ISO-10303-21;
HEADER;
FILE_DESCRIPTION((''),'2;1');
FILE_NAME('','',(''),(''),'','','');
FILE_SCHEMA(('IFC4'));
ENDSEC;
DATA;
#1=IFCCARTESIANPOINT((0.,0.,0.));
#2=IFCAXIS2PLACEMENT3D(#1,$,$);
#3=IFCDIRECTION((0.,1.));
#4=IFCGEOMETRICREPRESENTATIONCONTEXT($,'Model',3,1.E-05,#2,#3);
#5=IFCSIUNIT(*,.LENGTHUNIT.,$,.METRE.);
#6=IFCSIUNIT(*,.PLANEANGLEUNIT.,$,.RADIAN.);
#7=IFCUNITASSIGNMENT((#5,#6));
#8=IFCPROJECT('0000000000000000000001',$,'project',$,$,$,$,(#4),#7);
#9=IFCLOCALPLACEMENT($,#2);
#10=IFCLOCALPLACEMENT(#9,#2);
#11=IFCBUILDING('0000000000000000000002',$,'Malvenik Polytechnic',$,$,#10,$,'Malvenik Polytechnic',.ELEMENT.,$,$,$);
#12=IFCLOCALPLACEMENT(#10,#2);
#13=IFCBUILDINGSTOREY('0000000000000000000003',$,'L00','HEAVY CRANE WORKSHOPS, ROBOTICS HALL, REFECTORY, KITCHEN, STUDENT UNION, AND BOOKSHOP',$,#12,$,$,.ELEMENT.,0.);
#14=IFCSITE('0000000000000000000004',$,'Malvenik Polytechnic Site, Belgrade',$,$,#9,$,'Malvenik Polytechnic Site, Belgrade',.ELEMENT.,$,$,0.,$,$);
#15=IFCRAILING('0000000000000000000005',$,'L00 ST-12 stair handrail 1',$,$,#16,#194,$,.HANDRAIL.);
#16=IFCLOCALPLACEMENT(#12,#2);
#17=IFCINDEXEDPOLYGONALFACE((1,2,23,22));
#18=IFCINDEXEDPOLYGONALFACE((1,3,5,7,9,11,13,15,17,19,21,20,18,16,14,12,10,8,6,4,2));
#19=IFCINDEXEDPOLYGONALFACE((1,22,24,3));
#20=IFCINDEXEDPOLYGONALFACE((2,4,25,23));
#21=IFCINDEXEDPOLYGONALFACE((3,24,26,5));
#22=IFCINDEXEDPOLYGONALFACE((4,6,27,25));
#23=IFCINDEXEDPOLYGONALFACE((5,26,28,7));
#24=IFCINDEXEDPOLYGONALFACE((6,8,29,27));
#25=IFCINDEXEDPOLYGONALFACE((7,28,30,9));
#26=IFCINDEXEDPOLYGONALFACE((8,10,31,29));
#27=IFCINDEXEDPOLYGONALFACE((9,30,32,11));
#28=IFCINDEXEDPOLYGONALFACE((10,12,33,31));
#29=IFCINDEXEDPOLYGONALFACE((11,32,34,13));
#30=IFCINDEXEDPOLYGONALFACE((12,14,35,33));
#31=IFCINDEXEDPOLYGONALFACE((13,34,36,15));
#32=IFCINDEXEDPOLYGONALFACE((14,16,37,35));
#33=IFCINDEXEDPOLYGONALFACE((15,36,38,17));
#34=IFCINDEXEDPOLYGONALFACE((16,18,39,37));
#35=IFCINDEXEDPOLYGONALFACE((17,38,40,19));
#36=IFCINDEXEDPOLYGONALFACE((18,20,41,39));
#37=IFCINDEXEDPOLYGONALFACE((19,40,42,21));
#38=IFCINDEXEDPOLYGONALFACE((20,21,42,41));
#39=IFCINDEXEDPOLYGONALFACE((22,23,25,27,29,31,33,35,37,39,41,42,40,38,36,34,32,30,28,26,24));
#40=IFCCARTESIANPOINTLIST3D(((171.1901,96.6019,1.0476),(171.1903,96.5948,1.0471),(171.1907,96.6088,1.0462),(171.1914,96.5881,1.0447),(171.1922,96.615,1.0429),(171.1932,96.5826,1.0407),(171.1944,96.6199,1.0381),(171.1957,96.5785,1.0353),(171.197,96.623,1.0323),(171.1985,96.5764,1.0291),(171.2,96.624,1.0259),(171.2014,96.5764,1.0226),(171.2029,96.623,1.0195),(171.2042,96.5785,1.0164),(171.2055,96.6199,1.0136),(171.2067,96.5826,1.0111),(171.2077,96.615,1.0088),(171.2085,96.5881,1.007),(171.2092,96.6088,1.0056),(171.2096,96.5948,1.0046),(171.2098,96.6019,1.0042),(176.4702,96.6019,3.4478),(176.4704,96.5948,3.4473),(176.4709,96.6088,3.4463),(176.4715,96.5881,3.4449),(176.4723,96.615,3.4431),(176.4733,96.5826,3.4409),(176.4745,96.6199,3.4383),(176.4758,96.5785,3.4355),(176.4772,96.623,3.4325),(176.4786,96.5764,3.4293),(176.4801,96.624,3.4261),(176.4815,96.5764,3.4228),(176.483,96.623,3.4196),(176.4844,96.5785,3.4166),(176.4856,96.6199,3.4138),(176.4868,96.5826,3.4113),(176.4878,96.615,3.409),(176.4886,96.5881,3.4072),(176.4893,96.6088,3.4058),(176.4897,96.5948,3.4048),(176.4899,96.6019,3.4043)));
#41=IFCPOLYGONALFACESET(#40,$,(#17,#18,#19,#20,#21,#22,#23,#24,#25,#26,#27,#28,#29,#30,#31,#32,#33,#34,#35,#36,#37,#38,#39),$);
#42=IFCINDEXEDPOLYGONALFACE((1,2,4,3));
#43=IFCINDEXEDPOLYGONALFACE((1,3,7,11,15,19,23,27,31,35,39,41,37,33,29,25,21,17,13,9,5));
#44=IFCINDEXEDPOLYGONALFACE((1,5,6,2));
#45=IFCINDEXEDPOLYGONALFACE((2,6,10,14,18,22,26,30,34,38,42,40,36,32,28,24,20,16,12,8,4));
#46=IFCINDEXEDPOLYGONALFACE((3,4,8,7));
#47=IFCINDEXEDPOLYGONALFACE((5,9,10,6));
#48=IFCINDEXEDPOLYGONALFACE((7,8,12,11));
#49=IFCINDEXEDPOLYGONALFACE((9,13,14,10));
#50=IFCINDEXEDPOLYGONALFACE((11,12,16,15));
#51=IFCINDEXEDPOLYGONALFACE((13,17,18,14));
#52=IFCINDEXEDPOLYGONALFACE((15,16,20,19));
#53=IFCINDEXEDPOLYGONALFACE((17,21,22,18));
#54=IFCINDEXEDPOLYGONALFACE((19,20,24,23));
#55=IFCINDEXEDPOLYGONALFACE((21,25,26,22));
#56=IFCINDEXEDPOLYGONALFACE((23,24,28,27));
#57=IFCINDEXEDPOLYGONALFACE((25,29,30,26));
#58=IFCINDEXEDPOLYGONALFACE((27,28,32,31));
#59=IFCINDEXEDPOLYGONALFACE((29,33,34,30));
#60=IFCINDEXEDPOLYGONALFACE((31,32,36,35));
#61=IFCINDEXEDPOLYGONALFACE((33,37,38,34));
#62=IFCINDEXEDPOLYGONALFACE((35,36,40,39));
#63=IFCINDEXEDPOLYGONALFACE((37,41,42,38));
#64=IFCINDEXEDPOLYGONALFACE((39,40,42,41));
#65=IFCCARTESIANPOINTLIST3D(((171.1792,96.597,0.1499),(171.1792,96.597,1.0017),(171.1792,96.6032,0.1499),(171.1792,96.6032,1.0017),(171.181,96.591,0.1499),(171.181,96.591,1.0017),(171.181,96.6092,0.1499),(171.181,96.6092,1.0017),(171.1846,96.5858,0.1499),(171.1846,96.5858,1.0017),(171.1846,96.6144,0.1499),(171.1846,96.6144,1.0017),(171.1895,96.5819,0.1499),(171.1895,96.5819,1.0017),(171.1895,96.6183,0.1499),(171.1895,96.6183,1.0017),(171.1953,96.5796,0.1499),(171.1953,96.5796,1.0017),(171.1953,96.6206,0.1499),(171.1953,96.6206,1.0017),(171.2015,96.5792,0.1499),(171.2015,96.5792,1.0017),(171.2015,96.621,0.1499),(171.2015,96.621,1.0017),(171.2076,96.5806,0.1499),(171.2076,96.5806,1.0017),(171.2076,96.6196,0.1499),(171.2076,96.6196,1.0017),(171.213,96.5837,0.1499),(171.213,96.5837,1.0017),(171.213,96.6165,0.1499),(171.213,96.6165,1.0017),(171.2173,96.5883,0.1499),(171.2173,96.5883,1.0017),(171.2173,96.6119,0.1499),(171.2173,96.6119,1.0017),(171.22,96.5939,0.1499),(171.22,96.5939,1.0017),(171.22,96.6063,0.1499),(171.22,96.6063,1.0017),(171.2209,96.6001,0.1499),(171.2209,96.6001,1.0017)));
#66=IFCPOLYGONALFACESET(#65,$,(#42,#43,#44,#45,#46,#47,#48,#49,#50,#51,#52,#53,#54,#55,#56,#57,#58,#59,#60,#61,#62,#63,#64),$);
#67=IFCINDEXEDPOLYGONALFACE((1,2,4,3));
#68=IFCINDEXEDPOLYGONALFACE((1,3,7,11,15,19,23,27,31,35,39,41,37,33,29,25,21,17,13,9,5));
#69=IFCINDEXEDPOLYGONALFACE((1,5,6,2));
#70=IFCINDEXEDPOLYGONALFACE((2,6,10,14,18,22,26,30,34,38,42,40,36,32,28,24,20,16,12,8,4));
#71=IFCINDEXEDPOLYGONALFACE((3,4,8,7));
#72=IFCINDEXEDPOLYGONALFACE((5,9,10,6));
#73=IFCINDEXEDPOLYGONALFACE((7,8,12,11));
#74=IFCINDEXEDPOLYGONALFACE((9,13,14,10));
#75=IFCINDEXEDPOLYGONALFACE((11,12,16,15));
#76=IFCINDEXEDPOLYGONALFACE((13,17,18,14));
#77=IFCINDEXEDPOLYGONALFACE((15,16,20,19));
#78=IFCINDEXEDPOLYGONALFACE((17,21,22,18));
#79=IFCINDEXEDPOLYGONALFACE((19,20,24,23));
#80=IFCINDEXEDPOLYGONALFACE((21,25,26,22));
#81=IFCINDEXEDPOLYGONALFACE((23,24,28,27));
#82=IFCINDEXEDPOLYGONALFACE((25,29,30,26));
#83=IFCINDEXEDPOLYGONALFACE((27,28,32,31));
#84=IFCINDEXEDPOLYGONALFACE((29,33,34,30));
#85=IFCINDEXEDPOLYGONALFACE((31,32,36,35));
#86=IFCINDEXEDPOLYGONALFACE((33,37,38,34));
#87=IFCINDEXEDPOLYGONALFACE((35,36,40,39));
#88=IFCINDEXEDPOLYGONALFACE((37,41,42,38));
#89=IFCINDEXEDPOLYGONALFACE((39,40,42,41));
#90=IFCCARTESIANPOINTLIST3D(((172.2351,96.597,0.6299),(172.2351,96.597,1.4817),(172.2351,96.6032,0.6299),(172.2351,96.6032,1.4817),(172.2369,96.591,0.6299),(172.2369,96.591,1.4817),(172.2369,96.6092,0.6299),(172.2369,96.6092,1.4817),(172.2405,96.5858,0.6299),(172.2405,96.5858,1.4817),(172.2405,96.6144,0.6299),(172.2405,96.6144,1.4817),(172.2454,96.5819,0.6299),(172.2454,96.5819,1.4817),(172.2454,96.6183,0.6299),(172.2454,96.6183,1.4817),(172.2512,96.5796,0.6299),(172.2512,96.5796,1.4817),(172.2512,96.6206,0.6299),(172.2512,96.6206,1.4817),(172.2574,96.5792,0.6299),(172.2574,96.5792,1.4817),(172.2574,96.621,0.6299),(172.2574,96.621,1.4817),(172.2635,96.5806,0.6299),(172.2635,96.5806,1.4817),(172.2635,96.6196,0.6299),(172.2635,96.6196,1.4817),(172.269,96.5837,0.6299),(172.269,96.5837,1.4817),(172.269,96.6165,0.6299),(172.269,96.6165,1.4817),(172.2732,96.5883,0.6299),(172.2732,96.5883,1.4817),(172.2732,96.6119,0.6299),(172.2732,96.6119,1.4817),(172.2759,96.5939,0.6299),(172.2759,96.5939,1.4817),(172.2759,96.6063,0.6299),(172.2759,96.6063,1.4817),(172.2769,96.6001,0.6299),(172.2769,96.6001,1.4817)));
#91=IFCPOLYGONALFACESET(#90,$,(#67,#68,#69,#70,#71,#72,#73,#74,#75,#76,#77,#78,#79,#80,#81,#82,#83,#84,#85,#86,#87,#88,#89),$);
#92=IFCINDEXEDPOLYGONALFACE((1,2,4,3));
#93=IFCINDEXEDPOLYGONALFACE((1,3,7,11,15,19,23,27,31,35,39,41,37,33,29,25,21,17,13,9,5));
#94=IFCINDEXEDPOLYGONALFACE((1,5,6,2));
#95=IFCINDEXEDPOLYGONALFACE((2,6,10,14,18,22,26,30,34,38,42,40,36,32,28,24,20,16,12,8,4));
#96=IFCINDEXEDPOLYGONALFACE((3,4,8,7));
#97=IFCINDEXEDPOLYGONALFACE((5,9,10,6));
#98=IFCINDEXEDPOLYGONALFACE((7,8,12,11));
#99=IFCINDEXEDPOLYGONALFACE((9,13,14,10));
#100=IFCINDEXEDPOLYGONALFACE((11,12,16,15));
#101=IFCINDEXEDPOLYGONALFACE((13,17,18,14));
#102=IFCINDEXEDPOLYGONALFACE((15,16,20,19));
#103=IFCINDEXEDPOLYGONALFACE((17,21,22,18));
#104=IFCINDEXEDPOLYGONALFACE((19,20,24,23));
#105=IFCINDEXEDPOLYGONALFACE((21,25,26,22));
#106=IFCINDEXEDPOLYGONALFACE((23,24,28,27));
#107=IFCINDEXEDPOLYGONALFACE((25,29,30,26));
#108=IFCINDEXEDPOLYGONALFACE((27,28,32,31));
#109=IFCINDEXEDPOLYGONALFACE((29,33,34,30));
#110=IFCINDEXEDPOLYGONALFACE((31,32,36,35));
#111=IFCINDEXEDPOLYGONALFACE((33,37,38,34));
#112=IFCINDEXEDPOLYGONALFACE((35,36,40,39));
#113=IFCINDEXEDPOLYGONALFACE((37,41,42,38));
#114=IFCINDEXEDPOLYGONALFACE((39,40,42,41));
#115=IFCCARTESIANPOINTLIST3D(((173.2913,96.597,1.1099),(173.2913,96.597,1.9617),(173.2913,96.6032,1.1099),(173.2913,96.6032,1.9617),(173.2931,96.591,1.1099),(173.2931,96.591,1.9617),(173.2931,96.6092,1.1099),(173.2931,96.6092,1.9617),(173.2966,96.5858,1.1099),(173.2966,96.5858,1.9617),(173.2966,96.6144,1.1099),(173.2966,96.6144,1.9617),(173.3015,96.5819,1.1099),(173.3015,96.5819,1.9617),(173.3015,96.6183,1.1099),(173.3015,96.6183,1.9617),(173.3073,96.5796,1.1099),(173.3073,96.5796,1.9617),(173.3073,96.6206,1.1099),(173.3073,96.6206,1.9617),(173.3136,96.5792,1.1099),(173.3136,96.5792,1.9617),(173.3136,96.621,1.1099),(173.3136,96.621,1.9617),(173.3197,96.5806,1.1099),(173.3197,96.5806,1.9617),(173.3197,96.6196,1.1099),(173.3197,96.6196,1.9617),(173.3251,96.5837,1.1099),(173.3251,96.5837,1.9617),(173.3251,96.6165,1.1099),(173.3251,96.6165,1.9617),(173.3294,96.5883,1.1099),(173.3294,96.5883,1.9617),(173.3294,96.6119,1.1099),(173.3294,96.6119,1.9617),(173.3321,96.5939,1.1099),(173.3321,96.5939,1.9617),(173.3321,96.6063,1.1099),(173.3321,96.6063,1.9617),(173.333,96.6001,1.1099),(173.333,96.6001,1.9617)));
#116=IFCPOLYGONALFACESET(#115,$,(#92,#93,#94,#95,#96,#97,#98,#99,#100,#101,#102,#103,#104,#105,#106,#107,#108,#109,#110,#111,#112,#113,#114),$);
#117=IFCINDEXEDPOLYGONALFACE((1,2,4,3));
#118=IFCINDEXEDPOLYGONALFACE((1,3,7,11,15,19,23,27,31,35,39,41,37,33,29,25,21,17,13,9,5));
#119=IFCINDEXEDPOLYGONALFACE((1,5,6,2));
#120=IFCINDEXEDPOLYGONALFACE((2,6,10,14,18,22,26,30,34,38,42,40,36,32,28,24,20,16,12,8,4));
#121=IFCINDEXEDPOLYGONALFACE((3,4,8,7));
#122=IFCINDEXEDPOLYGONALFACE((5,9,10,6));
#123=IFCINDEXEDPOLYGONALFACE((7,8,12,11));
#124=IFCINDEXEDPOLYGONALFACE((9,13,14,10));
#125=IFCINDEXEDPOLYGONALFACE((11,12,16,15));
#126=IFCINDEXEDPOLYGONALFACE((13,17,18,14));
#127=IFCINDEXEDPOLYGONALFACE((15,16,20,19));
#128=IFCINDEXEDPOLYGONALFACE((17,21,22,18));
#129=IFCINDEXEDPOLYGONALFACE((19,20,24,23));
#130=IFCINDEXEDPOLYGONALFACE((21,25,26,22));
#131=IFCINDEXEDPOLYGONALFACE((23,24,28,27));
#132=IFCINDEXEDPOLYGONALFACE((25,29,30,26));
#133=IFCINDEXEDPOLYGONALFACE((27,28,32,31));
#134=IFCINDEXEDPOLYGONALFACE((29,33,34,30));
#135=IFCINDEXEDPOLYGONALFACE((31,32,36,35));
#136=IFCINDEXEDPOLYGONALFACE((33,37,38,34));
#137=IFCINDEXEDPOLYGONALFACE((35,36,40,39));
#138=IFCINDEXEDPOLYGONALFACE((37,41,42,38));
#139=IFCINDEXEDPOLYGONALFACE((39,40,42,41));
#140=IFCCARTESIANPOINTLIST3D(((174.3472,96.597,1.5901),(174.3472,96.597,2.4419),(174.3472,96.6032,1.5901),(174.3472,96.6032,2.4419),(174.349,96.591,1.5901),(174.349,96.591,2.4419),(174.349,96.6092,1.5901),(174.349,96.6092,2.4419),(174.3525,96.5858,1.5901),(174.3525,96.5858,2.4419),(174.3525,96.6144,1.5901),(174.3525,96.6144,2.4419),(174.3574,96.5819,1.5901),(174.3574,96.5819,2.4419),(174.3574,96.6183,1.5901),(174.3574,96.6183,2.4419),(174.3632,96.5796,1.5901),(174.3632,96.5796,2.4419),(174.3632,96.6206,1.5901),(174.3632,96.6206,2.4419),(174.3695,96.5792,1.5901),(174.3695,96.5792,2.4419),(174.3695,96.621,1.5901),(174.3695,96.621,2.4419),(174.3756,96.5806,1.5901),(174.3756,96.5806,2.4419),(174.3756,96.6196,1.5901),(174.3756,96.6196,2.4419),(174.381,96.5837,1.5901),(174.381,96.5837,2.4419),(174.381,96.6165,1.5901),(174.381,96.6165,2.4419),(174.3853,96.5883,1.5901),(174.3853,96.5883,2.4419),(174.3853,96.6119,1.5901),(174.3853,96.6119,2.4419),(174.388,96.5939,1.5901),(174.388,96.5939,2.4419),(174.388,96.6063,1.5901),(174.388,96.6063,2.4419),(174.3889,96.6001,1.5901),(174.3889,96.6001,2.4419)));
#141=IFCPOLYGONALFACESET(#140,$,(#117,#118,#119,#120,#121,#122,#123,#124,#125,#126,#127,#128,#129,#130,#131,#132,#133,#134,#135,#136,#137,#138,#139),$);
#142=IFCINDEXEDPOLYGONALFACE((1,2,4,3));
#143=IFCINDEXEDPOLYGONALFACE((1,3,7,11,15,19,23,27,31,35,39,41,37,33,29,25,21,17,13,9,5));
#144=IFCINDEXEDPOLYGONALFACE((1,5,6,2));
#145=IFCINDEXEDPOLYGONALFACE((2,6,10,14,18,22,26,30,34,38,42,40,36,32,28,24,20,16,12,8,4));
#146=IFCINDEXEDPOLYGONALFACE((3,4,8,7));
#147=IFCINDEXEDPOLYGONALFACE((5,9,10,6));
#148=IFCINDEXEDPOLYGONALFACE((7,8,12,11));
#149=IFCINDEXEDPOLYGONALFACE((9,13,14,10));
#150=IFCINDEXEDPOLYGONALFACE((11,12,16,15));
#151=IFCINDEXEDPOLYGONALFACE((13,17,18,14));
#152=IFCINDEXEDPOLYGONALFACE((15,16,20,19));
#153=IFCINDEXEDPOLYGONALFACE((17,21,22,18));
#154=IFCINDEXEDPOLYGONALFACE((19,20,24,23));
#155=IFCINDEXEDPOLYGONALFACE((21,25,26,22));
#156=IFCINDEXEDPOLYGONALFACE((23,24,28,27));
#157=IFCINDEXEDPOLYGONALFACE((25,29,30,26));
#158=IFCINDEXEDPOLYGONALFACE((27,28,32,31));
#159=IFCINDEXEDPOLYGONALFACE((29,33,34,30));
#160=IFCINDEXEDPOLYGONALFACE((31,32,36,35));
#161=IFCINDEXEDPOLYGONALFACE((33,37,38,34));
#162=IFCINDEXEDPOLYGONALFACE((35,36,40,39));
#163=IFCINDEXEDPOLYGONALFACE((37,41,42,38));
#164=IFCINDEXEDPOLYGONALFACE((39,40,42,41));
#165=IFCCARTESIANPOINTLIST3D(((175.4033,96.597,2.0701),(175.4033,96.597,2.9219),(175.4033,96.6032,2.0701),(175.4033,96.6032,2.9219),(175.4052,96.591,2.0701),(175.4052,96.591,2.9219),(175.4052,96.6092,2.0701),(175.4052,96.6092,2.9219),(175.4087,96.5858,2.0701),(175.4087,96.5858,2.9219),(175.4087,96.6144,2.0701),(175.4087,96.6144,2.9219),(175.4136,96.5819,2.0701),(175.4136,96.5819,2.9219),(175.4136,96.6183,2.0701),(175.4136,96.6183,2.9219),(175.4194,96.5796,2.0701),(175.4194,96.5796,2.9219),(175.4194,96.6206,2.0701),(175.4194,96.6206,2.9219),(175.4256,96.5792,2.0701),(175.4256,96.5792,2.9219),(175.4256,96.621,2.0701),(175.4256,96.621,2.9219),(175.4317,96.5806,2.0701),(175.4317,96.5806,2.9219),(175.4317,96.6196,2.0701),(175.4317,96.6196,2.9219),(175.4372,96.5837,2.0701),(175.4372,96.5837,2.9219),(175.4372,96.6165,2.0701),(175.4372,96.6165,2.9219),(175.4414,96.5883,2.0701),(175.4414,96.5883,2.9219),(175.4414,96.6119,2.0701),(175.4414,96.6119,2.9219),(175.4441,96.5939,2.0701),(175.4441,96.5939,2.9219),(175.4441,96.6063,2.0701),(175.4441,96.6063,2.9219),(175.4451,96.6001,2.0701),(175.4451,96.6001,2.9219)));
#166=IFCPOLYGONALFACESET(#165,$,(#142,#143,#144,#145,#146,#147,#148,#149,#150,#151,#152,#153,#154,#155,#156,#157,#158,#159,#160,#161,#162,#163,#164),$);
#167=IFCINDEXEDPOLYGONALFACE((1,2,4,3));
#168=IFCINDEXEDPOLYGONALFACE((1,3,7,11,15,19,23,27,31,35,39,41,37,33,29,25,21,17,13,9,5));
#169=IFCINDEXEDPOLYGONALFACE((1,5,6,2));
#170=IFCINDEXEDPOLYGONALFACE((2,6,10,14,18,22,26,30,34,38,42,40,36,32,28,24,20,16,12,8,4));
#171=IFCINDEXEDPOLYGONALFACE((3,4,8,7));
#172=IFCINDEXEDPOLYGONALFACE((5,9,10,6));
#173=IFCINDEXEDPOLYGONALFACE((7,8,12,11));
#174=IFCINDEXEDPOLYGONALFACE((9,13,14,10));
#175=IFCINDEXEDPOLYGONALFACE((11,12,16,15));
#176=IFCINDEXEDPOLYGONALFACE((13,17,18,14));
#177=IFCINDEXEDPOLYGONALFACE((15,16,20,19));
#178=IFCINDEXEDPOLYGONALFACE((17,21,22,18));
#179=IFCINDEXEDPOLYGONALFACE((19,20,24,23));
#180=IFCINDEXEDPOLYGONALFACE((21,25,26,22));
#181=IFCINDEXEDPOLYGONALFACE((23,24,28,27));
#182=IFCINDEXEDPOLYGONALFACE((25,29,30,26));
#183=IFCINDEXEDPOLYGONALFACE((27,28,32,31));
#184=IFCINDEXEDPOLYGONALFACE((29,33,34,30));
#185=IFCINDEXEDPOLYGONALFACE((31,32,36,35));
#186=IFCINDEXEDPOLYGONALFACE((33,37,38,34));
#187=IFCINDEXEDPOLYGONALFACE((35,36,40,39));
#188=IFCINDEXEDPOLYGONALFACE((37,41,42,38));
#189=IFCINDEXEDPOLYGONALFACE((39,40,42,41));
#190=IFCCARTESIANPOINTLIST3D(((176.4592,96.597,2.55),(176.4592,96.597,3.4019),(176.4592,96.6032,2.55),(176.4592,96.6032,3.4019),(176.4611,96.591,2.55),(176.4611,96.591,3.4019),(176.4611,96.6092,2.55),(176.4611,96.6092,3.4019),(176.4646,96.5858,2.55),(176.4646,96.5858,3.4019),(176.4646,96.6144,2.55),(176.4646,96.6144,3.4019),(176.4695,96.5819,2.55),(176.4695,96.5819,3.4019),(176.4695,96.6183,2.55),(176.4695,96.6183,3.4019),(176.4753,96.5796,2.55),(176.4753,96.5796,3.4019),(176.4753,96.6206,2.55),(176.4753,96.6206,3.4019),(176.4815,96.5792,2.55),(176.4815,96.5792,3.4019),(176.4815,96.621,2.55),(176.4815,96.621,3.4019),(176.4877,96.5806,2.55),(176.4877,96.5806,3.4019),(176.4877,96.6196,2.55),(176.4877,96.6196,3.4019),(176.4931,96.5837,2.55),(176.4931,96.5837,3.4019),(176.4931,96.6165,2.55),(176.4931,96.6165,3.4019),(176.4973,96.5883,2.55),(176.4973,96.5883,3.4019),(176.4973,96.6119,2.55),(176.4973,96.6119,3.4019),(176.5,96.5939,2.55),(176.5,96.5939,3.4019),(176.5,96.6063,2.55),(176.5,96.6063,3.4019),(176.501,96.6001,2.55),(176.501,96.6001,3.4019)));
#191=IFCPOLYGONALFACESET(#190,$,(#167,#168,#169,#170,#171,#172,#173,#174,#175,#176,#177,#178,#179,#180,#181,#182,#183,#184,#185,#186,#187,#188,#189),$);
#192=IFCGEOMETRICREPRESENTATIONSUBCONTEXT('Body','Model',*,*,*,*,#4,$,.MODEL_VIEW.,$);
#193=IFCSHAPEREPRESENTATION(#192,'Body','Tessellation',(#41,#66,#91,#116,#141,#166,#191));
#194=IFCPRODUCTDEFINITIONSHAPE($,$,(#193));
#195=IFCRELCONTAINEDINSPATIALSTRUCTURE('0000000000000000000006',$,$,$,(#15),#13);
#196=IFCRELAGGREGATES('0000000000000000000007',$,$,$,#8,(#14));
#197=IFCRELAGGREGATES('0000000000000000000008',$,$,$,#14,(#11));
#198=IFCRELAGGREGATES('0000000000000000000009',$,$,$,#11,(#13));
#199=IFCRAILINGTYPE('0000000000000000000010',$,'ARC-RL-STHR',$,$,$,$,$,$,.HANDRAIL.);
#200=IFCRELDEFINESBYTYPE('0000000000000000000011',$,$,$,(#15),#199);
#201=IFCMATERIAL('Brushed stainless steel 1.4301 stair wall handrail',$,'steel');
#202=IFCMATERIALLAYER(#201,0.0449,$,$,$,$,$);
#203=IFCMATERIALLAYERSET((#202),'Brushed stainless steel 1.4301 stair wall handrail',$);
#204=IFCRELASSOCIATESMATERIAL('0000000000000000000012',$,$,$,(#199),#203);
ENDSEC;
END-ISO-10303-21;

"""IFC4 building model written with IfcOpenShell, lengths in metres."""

from ifc_helpers import new_model, si_unit, direction, frame, origin, origin_2d, place, context, subcontext, project, spatial, circle, extrude, material, layer, layer_set, type_object, element, save


model = new_model("IFC4")

# Units and contexts
model_context = context("Model", 3, precision=1e-05, world=origin(), true_north=direction((0.0, 1.0)))
body_context = subcontext(model_context, "Body", "Model", "MODEL_VIEW")
ifc_project = project(units=[si_unit("LENGTHUNIT", "METRE"), si_unit("PLANEANGLEUNIT", "RADIAN")], contexts=[model_context])

# Site, building, storey
site_placement = place(None, origin())
site = spatial("IfcSite", under=ifc_project, at=site_placement, Name="Malvenik Polytechnic Site, Belgrade", LongName="Malvenik Polytechnic Site, Belgrade", CompositionType="ELEMENT", RefElevation=0.0)
building_placement = place(site_placement, origin())
building = spatial("IfcBuilding", under=site, at=building_placement, Name="Malvenik Polytechnic", LongName="Malvenik Polytechnic", CompositionType="ELEMENT")
storey_placement = place(building_placement, origin())
storey = spatial("IfcBuildingStorey", under=building, at=storey_placement, Name="L00", Description="HEAVY CRANE WORKSHOPS, ROBOTICS HALL, REFECTORY, KITCHEN, STUDENT UNION, AND BOOKSHOP", CompositionType="ELEMENT", Elevation=0.0)

# Railing
ifc_material_1 = material(Name="Brushed stainless steel 1.4301 stair wall handrail", Category="steel")
ifc_layer_1 = layer(ifc_material_1, 0.0449)
ifc_layer_set_1 = layer_set([ifc_layer_1], Name="Brushed stainless steel 1.4301 stair wall handrail")
railing_type_1 = type_object("IfcRailingType", Name="ARC-RL-STHR", PredefinedType="HANDRAIL", material=ifc_layer_set_1)
railing_1_placement = place(storey_placement, frame((171.2, 96.6001, 0.1499)))
element("IfcRailing", 1, at=railing_1_placement, inside=storey, type_object=railing_type_1, Name="L00 ST-12 stair handrail 1", PredefinedType="HANDRAIL", context=body_context, shape_type="SweptSolid", body=[
    extrude(circle(Radius=0.0239, at=origin_2d()), frame((0.0, 0.0, 0.876), z_axis=(0.910358, 0.0, 0.413822), x_axis=(0.0, 1.0, 0.0)), (0.0, 0.0, 1.0), 5.8),
    extrude(circle(Radius=0.021, at=origin_2d()), origin(), (0.0, 0.0, 1.0), 0.8518),
    extrude(circle(Radius=0.021, at=origin_2d()), frame((1.0559, 0.0, 0.48)), (0.0, 0.0, 1.0), 0.8518),
    extrude(circle(Radius=0.021, at=origin_2d()), frame((2.1121, 0.0, 0.96)), (0.0, 0.0, 1.0), 0.8518),
    extrude(circle(Radius=0.021, at=origin_2d()), frame((3.168, 0.0, 1.4402)), (0.0, 0.0, 1.0), 0.8518),
    extrude(circle(Radius=0.021, at=origin_2d()), frame((4.2241, 0.0, 1.9202)), (0.0, 0.0, 1.0), 0.8518),
    extrude(circle(Radius=0.021, at=origin_2d()), frame((5.28, 0.0, 2.4001)), (0.0, 0.0, 1.0), 0.8518),
])

save(model, "model.ifc")
